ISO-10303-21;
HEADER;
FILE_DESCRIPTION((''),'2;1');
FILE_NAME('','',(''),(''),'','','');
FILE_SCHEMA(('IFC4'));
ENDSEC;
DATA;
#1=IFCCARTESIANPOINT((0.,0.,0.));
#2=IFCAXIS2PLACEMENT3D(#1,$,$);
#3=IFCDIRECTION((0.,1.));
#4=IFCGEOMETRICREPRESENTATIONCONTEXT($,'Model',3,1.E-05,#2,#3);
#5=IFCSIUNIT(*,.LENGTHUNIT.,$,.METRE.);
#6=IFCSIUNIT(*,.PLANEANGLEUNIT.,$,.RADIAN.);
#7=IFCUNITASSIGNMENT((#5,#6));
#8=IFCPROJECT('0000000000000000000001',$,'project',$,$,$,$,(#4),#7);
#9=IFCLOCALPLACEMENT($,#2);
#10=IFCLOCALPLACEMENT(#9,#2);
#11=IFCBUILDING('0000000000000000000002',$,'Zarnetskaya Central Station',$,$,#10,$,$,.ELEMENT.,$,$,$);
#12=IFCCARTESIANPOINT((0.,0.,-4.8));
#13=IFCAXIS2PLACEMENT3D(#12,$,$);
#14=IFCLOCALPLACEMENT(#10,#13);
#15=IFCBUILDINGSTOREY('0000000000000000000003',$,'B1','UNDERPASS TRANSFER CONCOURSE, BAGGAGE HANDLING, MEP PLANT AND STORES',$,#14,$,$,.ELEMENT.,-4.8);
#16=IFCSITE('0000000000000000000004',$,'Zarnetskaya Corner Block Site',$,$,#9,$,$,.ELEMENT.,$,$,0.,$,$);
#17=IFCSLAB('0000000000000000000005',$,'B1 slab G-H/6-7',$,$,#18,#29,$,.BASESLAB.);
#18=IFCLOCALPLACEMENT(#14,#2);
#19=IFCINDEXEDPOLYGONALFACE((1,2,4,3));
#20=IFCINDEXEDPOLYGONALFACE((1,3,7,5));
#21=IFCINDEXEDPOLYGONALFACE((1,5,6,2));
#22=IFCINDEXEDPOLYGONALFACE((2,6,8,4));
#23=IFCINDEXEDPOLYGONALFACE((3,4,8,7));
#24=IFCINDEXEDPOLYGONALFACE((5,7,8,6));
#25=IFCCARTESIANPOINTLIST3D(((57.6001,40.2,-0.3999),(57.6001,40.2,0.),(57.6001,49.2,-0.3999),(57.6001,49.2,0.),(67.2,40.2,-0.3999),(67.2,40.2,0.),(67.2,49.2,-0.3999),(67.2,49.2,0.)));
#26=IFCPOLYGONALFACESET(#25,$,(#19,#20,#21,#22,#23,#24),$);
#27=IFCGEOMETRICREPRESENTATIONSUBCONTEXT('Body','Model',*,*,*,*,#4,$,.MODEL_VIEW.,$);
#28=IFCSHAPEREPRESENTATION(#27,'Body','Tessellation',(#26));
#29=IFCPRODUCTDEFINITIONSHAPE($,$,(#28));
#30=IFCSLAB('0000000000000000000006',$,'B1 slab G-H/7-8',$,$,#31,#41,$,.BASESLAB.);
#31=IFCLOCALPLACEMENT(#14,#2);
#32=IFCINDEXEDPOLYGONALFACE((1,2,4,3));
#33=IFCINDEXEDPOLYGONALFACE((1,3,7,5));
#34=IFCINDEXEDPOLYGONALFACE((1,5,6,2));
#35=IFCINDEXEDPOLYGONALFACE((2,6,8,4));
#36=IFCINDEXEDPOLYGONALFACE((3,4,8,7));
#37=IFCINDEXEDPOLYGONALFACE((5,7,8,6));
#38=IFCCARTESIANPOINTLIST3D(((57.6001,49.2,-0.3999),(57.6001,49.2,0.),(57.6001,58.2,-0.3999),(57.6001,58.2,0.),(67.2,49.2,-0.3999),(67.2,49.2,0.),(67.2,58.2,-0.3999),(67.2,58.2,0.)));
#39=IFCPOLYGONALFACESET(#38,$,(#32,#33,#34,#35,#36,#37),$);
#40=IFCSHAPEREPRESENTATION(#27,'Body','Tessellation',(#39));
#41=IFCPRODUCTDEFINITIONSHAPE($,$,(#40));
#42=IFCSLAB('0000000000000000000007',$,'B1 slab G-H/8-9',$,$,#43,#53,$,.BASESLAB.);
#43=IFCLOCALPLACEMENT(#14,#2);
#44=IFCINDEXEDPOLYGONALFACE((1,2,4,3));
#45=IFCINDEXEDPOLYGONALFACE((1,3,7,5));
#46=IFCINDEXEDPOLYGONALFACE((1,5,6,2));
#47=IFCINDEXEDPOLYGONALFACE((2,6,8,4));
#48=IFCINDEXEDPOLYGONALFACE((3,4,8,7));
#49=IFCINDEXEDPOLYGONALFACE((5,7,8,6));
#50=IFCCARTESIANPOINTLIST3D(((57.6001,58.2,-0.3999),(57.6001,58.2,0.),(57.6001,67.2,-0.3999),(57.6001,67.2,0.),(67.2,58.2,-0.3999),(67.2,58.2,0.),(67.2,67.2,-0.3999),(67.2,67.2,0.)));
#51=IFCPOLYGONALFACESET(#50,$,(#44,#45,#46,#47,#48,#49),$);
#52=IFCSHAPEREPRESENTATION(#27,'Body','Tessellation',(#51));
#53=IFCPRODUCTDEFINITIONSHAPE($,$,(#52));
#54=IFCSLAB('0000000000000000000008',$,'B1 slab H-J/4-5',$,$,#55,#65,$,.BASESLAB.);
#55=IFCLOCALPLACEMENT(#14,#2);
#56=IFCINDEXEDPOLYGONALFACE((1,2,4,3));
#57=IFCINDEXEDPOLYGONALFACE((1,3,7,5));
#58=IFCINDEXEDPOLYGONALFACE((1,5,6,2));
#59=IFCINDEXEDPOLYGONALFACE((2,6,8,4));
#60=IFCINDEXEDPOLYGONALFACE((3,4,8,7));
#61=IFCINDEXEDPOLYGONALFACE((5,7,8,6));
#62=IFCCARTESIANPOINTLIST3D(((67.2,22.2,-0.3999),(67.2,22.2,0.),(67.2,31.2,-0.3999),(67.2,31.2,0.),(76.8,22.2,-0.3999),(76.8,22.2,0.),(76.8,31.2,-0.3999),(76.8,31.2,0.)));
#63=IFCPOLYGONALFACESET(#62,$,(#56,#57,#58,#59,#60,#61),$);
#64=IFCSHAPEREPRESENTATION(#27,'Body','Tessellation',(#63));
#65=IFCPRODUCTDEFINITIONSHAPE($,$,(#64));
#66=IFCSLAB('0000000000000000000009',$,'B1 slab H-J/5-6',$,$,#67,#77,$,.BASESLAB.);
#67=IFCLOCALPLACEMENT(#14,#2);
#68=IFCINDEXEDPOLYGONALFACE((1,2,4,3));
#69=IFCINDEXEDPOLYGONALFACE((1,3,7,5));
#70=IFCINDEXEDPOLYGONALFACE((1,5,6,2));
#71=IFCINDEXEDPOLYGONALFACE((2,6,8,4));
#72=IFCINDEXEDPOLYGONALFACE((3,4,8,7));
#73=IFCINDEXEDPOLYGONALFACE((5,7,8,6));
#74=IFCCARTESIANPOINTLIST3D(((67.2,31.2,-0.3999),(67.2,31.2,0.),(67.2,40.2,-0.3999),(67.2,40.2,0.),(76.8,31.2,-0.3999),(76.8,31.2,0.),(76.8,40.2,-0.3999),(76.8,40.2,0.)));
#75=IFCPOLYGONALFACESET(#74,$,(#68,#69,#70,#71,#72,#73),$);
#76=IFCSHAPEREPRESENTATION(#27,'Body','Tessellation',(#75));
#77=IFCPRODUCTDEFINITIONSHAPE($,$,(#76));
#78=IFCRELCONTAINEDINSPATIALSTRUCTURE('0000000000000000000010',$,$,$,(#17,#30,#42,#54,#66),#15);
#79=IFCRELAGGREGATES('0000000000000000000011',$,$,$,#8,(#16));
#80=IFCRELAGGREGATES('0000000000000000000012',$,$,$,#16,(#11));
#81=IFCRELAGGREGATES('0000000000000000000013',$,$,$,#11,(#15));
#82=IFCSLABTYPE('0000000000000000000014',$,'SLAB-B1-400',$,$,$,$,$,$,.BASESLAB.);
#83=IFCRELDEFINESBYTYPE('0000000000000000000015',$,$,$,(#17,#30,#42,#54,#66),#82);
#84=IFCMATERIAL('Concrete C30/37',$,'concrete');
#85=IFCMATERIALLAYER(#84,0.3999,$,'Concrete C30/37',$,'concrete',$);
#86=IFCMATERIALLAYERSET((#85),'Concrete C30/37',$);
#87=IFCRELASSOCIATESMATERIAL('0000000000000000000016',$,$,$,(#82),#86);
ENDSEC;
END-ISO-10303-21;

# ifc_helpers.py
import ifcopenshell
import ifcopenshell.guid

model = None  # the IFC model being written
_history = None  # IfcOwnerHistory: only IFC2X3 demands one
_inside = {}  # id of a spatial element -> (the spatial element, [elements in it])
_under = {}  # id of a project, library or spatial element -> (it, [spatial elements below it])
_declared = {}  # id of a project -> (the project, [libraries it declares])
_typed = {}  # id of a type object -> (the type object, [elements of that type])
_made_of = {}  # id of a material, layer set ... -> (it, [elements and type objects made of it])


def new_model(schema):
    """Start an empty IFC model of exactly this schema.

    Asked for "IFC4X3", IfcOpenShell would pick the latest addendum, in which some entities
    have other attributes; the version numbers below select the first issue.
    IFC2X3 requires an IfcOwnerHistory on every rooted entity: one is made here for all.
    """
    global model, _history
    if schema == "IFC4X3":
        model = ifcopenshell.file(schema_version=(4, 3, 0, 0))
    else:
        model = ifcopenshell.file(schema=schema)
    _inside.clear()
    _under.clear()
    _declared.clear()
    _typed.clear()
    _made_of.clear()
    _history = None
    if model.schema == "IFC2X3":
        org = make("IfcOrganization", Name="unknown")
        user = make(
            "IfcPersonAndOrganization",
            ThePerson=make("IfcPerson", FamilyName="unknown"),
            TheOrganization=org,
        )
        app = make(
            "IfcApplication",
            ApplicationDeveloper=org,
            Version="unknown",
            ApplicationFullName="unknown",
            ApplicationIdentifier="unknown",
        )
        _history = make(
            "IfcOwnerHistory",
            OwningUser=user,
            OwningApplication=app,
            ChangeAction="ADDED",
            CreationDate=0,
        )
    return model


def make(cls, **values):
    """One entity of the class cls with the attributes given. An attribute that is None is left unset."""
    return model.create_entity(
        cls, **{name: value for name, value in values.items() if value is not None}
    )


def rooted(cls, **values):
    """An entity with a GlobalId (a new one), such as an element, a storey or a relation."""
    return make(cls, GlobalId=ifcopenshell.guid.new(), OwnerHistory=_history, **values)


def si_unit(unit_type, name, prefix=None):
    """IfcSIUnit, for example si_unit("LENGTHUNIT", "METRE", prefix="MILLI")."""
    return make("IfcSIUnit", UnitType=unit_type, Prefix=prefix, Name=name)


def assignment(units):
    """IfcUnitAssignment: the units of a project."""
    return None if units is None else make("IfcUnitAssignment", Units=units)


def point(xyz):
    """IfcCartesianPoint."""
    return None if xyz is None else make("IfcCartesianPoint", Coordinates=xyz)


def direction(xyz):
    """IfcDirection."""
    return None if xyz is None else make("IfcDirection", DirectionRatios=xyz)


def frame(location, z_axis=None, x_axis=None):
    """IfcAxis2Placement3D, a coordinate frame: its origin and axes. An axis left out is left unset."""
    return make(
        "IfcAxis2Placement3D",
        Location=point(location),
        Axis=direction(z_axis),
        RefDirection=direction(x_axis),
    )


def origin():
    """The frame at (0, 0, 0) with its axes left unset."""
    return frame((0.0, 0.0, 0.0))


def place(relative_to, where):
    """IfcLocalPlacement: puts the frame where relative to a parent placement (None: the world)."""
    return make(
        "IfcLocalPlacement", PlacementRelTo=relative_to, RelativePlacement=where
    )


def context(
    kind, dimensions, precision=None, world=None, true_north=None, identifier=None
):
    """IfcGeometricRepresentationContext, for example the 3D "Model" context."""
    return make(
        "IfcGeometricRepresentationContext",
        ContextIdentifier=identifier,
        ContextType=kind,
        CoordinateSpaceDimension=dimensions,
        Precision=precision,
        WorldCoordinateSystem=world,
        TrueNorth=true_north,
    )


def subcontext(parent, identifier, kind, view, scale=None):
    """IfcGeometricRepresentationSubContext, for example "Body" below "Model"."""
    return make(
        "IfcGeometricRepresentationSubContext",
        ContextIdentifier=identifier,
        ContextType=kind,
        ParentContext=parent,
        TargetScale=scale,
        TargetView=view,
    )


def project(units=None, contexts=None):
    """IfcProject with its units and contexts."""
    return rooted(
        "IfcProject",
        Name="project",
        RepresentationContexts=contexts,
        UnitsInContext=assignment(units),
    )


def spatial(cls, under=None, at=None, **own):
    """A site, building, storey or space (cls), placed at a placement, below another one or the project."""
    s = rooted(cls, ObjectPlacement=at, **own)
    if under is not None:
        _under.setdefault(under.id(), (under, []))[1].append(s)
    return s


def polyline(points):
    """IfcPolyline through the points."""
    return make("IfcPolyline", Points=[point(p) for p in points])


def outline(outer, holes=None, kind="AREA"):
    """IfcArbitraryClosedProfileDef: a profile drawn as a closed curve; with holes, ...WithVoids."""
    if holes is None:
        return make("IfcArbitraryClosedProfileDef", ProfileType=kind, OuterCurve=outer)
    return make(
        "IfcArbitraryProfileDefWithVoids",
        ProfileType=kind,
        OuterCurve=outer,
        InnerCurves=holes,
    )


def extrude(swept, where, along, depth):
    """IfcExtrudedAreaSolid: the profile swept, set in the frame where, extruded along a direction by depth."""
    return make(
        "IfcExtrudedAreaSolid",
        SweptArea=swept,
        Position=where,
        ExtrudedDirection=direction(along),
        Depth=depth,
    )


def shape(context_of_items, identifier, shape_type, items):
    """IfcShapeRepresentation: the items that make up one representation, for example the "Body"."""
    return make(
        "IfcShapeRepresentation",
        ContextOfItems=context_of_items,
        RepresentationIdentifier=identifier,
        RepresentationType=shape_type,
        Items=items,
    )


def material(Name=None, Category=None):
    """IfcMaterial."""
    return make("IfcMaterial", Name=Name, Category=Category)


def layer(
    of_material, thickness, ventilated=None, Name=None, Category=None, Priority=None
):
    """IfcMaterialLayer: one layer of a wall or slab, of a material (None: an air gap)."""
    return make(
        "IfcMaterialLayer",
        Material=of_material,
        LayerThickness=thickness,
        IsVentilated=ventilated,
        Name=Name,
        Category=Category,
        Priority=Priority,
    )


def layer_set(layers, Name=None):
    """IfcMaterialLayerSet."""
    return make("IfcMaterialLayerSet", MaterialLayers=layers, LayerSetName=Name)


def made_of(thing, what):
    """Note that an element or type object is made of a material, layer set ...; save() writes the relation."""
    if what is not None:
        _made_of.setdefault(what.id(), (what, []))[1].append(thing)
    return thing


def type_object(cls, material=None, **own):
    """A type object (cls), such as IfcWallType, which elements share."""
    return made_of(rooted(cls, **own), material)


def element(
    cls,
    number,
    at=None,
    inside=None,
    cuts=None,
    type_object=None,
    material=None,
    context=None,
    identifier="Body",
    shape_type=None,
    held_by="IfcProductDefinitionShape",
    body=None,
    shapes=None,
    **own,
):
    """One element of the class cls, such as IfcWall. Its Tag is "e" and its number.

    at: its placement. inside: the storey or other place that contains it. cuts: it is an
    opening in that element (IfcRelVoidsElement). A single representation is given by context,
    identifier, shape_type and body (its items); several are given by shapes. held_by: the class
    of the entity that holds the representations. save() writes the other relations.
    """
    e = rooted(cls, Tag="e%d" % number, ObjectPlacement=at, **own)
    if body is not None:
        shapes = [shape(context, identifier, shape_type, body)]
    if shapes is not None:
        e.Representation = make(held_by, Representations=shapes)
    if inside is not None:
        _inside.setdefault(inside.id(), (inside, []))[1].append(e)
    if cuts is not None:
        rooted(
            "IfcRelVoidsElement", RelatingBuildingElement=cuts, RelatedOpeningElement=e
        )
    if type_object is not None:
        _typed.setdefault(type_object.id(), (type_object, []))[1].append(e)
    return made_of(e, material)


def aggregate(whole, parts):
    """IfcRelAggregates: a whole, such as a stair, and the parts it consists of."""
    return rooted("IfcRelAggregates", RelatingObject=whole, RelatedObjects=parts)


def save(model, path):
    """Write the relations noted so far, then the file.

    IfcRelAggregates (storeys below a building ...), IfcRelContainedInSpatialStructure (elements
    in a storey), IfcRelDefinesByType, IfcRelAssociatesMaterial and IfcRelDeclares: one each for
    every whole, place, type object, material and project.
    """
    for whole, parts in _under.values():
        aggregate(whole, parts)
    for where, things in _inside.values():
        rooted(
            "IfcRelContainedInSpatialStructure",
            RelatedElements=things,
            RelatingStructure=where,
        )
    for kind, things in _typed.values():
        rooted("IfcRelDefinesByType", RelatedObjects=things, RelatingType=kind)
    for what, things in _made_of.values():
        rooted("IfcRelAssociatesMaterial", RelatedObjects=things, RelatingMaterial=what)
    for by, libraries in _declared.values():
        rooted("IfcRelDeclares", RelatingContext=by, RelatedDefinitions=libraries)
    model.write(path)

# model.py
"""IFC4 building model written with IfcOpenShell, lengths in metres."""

from ifc_helpers import new_model, si_unit, direction, frame, origin, place, context, subcontext, project, spatial, polyline, outline, extrude, material, layer, layer_set, type_object, element, save


model = new_model("IFC4")

# Units and contexts
model_context = context("Model", 3, precision=1e-05, world=origin(), true_north=direction((0.0, 1.0)))
body_context = subcontext(model_context, "Body", "Model", "MODEL_VIEW")
ifc_project = project(units=[si_unit("LENGTHUNIT", "METRE"), si_unit("PLANEANGLEUNIT", "RADIAN")], contexts=[model_context])

# Site, building, storey
site_placement = place(None, origin())
site = spatial("IfcSite", under=ifc_project, at=site_placement, Name="Zarnetskaya Corner Block Site", CompositionType="ELEMENT", RefElevation=0.0)
building_placement = place(site_placement, origin())
building = spatial("IfcBuilding", under=site, at=building_placement, Name="Zarnetskaya Central Station", CompositionType="ELEMENT")
storey_placement = place(building_placement, frame((0.0, 0.0, -4.8)))
storey = spatial("IfcBuildingStorey", under=building, at=storey_placement, Name="B1", Description="UNDERPASS TRANSFER CONCOURSE, BAGGAGE HANDLING, MEP PLANT AND STORES", CompositionType="ELEMENT", Elevation=-4.8)

# Slabs
ifc_material = material(Name="Concrete C30/37", Category="concrete")
ifc_layer = layer(ifc_material, 0.3999, Name="Concrete C30/37", Category="concrete")
ifc_layer_set = layer_set([ifc_layer], Name="Concrete C30/37")
slab_type = type_object("IfcSlabType", Name="SLAB-B1-400", PredefinedType="BASESLAB", material=ifc_layer_set)
slab_1_placement = place(storey_placement, frame((0.0, 0.0, -0.3999)))
element("IfcSlab", 1, at=slab_1_placement, inside=storey, type_object=slab_type, Name="B1 slab G-H/6-7", PredefinedType="BASESLAB", context=body_context, shape_type="SweptSolid", body=[
    extrude(outline(polyline([(57.6001, 40.2), (67.2, 40.2), (67.2, 49.2), (57.6001, 49.2), (57.6001, 40.2)])), origin(), (0.0, 0.0, 1.0), 0.3999),
])
slab_2_placement = place(storey_placement, frame((0.0, 0.0, -0.3999)))
element("IfcSlab", 2, at=slab_2_placement, inside=storey, type_object=slab_type, Name="B1 slab G-H/7-8", PredefinedType="BASESLAB", context=body_context, shape_type="SweptSolid", body=[
    extrude(outline(polyline([(57.6001, 49.2), (67.2, 49.2), (67.2, 58.2), (57.6001, 58.2), (57.6001, 49.2)])), origin(), (0.0, 0.0, 1.0), 0.3999),
])
slab_3_placement = place(storey_placement, frame((0.0, 0.0, -0.3999)))
element("IfcSlab", 3, at=slab_3_placement, inside=storey, type_object=slab_type, Name="B1 slab G-H/8-9", PredefinedType="BASESLAB", context=body_context, shape_type="SweptSolid", body=[
    extrude(outline(polyline([(57.6001, 58.2), (67.2, 58.2), (67.2, 67.2), (57.6001, 67.2), (57.6001, 58.2)])), origin(), (0.0, 0.0, 1.0), 0.3999),
])
slab_4_placement = place(storey_placement, frame((0.0, 0.0, -0.3999)))
element("IfcSlab", 4, at=slab_4_placement, inside=storey, type_object=slab_type, Name="B1 slab H-J/4-5", PredefinedType="BASESLAB", context=body_context, shape_type="SweptSolid", body=[
    extrude(outline(polyline([(67.2, 22.2), (76.8, 22.2), (76.8, 31.2), (67.2, 31.2), (67.2, 22.2)])), origin(), (0.0, 0.0, 1.0), 0.3999),
])
slab_5_placement = place(storey_placement, frame((0.0, 0.0, -0.3999)))
element("IfcSlab", 5, at=slab_5_placement, inside=storey, type_object=slab_type, Name="B1 slab H-J/5-6", PredefinedType="BASESLAB", context=body_context, shape_type="SweptSolid", body=[
    extrude(outline(polyline([(67.2, 31.2), (76.8, 31.2), (76.8, 40.2), (67.2, 40.2), (67.2, 31.2)])), origin(), (0.0, 0.0, 1.0), 0.3999),
])

save(model, "model.ifc")
